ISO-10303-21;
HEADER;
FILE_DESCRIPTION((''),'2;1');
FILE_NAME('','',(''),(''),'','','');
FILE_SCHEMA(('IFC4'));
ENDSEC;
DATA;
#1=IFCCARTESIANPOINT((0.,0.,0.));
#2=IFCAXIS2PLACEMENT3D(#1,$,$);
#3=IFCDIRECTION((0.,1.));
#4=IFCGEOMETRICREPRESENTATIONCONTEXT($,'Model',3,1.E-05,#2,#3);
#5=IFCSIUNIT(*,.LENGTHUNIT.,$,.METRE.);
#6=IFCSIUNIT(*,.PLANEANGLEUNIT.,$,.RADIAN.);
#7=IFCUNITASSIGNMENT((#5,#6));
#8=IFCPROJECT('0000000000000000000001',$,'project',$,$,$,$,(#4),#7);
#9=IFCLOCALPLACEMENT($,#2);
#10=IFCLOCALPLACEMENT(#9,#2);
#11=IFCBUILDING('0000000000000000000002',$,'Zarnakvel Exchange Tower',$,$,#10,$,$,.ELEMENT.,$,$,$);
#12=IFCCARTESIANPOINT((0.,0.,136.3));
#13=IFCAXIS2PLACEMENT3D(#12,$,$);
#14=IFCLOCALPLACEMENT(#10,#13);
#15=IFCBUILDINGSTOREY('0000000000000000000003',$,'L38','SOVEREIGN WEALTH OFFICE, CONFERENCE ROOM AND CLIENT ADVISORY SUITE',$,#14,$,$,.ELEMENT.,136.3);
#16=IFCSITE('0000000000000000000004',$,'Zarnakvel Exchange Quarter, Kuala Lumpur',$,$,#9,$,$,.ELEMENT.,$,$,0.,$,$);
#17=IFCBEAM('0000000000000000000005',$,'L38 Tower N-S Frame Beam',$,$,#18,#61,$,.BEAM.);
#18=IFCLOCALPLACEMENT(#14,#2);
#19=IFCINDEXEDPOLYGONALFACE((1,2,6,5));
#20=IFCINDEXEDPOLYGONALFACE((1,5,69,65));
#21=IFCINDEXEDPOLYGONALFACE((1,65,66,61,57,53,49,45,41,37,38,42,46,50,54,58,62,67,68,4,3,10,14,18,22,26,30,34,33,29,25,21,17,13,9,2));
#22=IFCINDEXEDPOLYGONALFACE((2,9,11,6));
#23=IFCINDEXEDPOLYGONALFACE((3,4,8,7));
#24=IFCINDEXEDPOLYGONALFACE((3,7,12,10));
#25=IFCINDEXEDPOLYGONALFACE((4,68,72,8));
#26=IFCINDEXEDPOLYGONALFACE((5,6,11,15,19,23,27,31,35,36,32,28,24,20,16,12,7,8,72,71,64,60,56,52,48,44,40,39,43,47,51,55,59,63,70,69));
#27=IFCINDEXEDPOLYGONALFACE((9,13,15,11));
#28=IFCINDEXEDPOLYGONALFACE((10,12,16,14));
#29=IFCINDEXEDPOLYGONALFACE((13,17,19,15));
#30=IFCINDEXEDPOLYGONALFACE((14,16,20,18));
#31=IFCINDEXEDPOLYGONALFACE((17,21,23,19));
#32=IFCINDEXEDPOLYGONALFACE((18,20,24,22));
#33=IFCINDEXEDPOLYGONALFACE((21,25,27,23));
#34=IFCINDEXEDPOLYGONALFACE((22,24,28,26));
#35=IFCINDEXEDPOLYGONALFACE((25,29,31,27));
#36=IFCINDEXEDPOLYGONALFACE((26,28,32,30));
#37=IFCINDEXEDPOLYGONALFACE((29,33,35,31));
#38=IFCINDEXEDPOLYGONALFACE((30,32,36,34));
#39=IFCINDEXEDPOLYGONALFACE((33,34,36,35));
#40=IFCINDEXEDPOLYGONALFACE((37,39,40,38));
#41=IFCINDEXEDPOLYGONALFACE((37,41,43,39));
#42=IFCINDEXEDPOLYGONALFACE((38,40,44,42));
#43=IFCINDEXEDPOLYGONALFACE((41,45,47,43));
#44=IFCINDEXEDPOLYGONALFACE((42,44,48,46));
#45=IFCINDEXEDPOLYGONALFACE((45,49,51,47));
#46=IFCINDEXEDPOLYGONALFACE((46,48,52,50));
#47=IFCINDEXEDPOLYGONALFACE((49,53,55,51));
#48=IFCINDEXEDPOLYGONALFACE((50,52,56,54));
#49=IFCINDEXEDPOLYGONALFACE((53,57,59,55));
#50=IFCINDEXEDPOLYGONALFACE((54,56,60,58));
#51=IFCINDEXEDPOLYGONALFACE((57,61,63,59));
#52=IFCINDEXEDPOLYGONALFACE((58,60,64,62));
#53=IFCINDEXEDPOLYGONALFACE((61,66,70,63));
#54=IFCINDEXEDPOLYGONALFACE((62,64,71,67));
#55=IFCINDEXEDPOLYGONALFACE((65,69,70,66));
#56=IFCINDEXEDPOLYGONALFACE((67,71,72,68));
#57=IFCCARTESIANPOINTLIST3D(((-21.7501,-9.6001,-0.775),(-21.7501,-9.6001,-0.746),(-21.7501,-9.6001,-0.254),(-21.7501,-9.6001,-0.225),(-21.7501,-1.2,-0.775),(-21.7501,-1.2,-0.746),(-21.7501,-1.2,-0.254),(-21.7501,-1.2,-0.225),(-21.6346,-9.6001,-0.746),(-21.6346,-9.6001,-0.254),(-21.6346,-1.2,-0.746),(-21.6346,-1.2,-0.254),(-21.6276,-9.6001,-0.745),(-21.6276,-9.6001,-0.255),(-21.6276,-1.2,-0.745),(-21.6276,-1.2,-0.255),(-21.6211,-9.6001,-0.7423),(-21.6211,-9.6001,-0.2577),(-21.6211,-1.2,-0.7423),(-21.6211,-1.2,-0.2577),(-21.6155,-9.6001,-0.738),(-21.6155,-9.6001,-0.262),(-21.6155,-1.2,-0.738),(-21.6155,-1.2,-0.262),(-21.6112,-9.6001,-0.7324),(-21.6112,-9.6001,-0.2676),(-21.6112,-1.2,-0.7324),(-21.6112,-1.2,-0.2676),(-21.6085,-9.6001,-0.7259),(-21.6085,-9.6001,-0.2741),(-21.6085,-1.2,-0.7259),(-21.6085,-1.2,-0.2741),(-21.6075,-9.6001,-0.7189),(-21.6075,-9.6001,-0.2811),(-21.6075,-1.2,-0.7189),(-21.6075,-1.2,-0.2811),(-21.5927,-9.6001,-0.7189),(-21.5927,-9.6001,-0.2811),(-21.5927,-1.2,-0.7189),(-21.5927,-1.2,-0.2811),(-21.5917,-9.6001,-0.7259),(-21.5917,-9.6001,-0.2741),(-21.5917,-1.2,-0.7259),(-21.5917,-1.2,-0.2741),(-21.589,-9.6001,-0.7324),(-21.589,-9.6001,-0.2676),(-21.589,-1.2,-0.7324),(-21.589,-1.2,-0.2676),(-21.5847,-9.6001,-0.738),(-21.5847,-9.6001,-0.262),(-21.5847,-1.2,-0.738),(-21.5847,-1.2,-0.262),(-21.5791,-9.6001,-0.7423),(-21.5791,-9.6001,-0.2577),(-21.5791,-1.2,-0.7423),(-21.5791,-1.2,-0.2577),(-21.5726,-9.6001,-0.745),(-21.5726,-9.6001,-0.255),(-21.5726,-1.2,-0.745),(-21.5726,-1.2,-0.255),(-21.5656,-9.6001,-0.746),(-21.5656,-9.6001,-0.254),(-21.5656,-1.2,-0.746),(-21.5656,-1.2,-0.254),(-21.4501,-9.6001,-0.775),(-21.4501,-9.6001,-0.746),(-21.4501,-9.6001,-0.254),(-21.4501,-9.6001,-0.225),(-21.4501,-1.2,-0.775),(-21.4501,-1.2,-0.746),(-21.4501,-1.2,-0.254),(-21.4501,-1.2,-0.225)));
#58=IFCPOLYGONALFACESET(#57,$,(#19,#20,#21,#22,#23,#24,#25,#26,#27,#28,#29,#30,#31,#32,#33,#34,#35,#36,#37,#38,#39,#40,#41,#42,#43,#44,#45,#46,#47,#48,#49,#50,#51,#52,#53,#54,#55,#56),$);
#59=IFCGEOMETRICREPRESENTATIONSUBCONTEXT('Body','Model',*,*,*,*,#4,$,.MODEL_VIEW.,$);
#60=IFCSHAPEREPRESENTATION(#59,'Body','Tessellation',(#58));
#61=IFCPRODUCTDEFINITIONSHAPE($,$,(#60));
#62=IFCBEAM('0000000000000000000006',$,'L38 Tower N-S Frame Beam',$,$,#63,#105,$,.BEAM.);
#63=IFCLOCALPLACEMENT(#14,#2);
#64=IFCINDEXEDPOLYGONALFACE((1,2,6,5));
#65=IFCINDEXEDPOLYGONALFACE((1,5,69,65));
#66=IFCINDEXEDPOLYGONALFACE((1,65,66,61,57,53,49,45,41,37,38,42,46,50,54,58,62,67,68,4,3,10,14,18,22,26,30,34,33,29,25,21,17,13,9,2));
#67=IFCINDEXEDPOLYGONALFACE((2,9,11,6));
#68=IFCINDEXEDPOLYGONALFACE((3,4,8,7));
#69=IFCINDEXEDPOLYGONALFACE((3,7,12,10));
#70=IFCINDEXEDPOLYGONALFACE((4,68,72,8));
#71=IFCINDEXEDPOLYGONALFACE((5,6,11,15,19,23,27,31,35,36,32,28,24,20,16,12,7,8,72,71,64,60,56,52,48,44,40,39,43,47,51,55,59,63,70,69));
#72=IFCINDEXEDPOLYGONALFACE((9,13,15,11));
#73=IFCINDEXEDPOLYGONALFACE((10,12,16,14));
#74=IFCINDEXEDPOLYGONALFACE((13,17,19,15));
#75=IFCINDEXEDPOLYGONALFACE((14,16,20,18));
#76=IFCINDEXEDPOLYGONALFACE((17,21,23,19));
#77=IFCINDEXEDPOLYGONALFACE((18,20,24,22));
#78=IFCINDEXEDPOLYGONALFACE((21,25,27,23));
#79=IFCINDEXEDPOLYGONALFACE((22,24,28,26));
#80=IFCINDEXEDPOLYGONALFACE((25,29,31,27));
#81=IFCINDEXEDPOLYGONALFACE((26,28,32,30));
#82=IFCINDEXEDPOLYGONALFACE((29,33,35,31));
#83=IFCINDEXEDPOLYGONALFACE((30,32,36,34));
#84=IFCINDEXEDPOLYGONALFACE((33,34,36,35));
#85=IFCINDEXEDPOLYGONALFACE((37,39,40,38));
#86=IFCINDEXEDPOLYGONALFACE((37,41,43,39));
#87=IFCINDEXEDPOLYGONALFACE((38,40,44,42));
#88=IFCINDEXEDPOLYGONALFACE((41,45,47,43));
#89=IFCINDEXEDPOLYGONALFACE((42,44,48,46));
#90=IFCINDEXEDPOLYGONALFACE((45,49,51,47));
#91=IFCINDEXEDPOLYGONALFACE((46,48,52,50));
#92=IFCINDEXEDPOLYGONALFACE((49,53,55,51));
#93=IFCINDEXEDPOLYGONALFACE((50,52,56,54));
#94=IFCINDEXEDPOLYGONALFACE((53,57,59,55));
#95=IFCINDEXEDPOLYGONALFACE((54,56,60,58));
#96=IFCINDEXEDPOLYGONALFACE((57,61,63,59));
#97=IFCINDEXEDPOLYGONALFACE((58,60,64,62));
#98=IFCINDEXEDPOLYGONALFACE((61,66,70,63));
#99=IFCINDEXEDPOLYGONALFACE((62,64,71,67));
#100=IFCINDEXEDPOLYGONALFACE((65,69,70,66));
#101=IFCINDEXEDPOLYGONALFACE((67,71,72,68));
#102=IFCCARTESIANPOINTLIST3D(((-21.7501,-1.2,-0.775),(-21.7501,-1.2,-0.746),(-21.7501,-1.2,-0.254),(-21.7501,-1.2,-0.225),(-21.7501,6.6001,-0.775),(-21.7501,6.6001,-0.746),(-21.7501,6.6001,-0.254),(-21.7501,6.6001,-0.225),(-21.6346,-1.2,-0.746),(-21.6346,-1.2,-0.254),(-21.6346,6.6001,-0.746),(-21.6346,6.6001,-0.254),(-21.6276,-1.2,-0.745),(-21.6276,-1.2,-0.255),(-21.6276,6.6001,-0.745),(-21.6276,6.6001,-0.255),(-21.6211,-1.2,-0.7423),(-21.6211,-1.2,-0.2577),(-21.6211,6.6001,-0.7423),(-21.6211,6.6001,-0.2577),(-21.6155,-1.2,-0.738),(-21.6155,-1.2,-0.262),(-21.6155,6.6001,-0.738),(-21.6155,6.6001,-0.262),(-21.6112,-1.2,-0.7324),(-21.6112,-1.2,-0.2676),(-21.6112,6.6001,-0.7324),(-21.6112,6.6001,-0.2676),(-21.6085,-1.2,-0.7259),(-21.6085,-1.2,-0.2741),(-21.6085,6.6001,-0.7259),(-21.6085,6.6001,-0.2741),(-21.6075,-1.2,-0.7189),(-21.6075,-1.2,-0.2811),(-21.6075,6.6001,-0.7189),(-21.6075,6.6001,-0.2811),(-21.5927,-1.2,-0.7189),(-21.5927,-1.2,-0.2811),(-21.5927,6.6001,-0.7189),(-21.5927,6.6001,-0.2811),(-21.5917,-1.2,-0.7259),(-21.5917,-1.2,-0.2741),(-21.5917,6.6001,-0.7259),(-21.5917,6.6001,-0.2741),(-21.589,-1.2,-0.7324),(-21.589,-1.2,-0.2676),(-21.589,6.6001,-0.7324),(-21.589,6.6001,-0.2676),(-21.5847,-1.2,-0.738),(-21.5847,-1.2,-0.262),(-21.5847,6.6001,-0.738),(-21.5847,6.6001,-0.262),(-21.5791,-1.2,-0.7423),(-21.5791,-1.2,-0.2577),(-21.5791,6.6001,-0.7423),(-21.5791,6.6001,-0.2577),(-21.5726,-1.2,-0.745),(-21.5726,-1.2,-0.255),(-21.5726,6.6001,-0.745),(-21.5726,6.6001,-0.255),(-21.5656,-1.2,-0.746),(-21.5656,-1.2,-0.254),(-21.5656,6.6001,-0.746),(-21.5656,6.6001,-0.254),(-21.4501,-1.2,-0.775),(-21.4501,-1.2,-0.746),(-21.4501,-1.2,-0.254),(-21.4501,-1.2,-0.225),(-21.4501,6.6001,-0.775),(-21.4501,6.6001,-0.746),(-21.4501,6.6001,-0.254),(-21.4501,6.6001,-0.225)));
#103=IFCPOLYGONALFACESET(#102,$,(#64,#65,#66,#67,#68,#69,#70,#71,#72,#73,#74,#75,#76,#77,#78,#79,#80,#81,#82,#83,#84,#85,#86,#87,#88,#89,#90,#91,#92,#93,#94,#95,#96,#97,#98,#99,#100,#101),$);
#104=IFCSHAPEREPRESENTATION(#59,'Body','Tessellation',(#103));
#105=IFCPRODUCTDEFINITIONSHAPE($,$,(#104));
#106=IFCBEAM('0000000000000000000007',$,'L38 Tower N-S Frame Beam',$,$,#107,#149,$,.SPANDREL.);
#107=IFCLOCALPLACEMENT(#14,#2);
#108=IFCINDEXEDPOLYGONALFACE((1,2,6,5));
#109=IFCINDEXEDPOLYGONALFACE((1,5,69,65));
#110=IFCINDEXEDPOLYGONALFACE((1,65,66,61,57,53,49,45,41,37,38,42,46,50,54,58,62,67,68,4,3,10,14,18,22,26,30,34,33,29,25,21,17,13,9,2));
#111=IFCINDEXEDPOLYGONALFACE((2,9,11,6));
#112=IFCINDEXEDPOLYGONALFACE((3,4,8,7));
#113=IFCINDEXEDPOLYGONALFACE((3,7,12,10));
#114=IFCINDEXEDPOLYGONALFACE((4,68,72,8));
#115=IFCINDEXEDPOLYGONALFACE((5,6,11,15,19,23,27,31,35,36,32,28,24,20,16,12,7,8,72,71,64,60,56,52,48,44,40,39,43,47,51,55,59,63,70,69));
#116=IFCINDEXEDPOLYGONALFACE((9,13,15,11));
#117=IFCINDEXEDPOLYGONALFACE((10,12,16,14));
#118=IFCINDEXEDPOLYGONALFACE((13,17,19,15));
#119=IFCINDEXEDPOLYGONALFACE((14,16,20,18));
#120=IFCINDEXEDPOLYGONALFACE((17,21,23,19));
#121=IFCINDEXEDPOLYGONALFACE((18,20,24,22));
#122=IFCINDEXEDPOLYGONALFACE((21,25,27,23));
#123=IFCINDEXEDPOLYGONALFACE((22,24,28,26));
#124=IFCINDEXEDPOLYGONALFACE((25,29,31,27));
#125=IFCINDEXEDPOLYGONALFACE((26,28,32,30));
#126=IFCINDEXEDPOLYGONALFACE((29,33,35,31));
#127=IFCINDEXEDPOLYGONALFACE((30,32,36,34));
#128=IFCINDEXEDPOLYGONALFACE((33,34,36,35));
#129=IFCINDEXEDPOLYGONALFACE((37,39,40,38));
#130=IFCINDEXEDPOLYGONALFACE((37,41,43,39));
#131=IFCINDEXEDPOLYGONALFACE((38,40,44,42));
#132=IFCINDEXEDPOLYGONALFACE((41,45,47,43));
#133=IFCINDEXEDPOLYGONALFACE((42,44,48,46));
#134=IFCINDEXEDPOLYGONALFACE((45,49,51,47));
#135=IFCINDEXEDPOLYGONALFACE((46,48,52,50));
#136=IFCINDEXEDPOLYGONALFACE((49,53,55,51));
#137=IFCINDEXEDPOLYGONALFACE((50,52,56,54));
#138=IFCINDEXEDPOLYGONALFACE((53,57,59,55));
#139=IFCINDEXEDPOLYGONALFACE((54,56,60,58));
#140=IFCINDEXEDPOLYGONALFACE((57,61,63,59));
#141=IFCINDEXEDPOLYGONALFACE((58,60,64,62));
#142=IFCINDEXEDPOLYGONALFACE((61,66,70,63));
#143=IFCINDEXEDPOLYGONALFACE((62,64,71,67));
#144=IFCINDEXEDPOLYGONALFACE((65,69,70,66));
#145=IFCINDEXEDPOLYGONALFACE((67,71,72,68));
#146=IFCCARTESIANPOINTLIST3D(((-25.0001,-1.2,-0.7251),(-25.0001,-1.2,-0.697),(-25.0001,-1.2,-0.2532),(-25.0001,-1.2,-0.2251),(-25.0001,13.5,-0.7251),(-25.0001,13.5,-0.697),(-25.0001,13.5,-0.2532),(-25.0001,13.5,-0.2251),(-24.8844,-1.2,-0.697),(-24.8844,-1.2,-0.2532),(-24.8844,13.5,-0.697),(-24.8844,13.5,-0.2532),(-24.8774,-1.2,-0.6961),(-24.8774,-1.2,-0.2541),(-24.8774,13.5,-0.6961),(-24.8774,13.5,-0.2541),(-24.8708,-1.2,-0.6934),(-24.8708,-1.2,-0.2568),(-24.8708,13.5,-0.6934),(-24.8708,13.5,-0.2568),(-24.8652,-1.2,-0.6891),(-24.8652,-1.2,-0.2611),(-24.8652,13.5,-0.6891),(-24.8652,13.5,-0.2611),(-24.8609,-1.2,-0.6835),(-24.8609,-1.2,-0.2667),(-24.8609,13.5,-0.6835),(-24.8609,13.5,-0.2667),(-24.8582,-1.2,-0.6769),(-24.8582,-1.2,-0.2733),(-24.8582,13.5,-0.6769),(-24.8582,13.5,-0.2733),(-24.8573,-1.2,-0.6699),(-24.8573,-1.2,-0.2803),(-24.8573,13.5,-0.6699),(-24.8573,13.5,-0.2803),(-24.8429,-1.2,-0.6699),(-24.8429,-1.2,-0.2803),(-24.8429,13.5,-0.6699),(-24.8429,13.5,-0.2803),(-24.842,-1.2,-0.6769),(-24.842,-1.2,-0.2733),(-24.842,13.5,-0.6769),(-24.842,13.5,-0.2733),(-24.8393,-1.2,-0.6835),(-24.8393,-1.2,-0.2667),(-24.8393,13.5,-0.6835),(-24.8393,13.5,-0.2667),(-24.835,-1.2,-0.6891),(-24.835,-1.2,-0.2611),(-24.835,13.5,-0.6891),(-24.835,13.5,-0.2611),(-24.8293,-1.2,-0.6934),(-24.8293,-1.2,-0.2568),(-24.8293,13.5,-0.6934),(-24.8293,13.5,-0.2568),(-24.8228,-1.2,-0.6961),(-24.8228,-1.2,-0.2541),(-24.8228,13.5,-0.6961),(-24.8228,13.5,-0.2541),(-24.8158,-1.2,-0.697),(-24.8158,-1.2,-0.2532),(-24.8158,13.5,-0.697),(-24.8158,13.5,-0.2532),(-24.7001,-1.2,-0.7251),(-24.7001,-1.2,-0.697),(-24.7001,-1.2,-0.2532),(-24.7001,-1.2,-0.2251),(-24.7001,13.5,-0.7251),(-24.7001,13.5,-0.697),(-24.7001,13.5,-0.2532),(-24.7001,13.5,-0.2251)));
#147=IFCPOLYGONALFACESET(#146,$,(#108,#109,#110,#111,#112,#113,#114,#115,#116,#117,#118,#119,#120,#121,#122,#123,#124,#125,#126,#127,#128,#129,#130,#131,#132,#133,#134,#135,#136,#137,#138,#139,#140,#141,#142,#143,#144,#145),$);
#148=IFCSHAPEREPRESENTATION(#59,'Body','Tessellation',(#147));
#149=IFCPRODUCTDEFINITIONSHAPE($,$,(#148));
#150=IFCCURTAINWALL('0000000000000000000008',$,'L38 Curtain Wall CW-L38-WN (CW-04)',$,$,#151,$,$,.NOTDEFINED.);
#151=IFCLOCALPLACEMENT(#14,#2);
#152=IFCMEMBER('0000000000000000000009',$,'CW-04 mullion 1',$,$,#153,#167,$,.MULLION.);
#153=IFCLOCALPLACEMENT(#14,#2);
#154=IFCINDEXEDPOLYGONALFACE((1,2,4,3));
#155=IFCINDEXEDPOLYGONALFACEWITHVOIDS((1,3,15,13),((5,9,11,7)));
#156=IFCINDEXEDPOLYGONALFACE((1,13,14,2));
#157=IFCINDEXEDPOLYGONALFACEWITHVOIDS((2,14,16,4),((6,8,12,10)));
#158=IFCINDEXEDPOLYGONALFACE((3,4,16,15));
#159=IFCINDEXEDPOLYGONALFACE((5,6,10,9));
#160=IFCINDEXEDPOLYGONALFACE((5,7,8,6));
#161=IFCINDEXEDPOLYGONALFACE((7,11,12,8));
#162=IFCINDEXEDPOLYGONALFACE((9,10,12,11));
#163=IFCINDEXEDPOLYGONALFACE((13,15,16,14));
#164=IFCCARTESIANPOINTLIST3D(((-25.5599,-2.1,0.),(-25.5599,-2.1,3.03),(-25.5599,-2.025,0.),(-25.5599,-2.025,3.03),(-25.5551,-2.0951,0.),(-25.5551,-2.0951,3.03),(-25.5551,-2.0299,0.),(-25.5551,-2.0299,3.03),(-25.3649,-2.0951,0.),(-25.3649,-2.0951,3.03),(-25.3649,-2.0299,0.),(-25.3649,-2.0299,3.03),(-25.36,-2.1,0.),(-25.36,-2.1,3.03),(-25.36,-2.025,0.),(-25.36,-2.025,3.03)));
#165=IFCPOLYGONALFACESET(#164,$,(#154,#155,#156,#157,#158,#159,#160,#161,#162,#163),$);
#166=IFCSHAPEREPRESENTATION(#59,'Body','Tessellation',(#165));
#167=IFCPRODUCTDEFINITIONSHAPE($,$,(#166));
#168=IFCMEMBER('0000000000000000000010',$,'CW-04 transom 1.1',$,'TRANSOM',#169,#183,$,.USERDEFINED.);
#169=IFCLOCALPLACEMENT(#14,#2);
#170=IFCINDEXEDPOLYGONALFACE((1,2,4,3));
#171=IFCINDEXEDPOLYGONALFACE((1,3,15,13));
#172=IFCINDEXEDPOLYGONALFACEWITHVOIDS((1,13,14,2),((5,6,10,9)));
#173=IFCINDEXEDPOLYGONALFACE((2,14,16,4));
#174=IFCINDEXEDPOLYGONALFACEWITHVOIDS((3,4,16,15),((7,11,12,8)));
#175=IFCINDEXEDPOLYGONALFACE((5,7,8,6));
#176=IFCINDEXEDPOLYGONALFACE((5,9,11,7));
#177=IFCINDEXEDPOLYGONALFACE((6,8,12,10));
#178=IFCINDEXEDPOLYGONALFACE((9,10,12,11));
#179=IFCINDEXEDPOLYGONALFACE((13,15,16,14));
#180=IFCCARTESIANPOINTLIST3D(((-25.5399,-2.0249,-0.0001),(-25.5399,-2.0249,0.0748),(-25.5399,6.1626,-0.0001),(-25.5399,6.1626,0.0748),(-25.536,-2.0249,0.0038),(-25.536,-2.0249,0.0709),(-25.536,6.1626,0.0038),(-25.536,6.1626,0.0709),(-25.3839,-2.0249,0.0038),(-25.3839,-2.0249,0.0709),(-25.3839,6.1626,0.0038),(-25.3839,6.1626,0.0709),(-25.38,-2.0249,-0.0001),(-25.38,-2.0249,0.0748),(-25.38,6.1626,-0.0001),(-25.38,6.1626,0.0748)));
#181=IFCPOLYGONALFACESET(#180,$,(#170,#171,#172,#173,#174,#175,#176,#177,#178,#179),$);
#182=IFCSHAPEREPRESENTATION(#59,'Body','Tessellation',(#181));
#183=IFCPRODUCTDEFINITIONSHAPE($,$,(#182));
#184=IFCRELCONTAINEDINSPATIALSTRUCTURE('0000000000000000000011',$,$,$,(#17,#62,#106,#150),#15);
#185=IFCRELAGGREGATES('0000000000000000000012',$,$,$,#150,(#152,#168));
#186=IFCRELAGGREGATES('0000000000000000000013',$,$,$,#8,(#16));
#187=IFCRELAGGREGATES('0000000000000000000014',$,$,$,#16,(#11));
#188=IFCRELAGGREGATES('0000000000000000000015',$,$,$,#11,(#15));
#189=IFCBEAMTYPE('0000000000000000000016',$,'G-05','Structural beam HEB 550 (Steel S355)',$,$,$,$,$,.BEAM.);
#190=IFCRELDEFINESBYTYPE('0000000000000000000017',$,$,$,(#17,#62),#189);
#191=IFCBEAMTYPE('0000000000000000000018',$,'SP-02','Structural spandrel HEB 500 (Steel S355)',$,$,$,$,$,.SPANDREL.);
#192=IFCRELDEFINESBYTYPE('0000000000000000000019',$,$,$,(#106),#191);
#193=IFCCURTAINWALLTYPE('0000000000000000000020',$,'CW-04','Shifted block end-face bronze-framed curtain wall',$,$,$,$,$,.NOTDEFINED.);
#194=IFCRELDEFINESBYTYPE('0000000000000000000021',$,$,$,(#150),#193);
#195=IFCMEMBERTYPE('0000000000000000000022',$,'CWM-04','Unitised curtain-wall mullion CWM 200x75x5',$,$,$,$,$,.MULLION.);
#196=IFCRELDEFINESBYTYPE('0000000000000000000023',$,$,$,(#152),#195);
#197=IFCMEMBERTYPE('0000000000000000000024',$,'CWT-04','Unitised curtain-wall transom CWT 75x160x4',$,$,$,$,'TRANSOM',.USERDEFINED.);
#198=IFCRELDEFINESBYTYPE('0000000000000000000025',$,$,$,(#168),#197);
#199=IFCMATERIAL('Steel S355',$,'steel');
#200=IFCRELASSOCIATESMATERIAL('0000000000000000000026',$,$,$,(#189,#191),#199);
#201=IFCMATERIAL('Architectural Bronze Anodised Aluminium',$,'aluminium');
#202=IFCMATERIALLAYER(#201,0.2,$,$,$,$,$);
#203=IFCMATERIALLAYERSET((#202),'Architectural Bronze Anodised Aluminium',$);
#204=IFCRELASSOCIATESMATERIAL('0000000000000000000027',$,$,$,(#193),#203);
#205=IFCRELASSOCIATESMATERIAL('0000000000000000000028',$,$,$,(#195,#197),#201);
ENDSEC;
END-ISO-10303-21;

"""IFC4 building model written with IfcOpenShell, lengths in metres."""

from ifc_helpers import new_model, si_unit, direction, frame, origin, origin_2d, place, context, subcontext, project, spatial, hollow_rectangle, i_section, extrude, source, transform, mapped, material, layer, layer_set, material_profile, profile_set, type_object, element, aggregate, save


model = new_model("IFC4")

# Units and contexts
model_context = context("Model", 3, precision=1e-05, world=origin(), true_north=direction((0.0, 1.0)))
body_context = subcontext(model_context, "Body", "Model", "MODEL_VIEW")
ifc_project = project(units=[si_unit("LENGTHUNIT", "METRE"), si_unit("PLANEANGLEUNIT", "RADIAN")], contexts=[model_context])

# Site, building, storey
site_placement = place(None, origin())
site = spatial("IfcSite", under=ifc_project, at=site_placement, Name="Zarnakvel Exchange Quarter, Kuala Lumpur", CompositionType="ELEMENT", RefElevation=0.0)
building_placement = place(site_placement, origin())
building = spatial("IfcBuilding", under=site, at=building_placement, Name="Zarnakvel Exchange Tower", CompositionType="ELEMENT")
storey_placement = place(building_placement, frame((0.0, 0.0, 136.3)))
storey = spatial("IfcBuildingStorey", under=building, at=storey_placement, Name="L38", Description="SOVEREIGN WEALTH OFFICE, CONFERENCE ROOM AND CLIENT ADVISORY SUITE", CompositionType="ELEMENT", Elevation=136.3)

# Shared definitions
ifc_material_1 = material(Name="Steel S355", Category="steel")

# Beams
ifc_material_profile_1 = material_profile(ifc_material_1, i_section(OverallWidth=0.3, OverallDepth=0.55, WebThickness=0.0149, FlangeThickness=0.0291, FilletRadius=0.0271, at=origin_2d()))
ifc_profile_set_1 = profile_set([ifc_material_profile_1], Name="Steel S355")
beam_type_1 = type_object("IfcBeamType", Name="G-05", Description="Structural beam HEB 550 (Steel S355)", PredefinedType="BEAM", material=ifc_profile_set_1)
beam_1_placement = place(storey_placement, frame((-21.6001, -9.6001, -0.5), z_axis=(0.0, 1.0, 0.0), x_axis=(-1.0, 0.0, 0.0)))
element("IfcBeam", 1, at=beam_1_placement, inside=storey, type_object=beam_type_1, Name="L38 Tower N-S Frame Beam", PredefinedType="BEAM", context=body_context, shape_type="SweptSolid", body=[
    extrude(i_section(OverallWidth=0.3, OverallDepth=0.55, WebThickness=0.0149, FlangeThickness=0.0291, FilletRadius=0.0271, at=origin_2d()), origin(), (0.0, 0.0, 1.0), 8.4001),
])
beam_2_placement = place(storey_placement, frame((-21.6001, -1.2, -0.5), z_axis=(0.0, 1.0, 0.0), x_axis=(-1.0, 0.0, 0.0)))
element("IfcBeam", 2, at=beam_2_placement, inside=storey, type_object=beam_type_1, Name="L38 Tower N-S Frame Beam", PredefinedType="BEAM", context=body_context, shape_type="SweptSolid", body=[
    extrude(i_section(OverallWidth=0.3, OverallDepth=0.55, WebThickness=0.0149, FlangeThickness=0.0291, FilletRadius=0.0271, at=origin_2d()), origin(), (0.0, 0.0, 1.0), 7.8),
])
ifc_material_profile_2 = material_profile(ifc_material_1, i_section(OverallWidth=0.3, OverallDepth=0.5, WebThickness=0.0144, FlangeThickness=0.0281, FilletRadius=0.0271, at=origin_2d()))
ifc_profile_set_2 = profile_set([ifc_material_profile_2], Name="Steel S355")
beam_type_2 = type_object("IfcBeamType", Name="SP-02", Description="Structural spandrel HEB 500 (Steel S355)", PredefinedType="SPANDREL", material=ifc_profile_set_2)
beam_3_placement = place(storey_placement, frame((-24.8501, -1.2, -0.4751), z_axis=(0.0, 1.0, 0.0), x_axis=(-1.0, 0.0, 0.0)))
element("IfcBeam", 3, at=beam_3_placement, inside=storey, type_object=beam_type_2, Name="L38 Tower N-S Frame Beam", PredefinedType="SPANDREL", context=body_context, shape_type="SweptSolid", body=[
    extrude(i_section(OverallWidth=0.3, OverallDepth=0.5, WebThickness=0.0144, FlangeThickness=0.0281, FilletRadius=0.0271, at=origin_2d()), origin(), (0.0, 0.0, 1.0), 14.7),
])

# Curtain wall, members
ifc_material_2 = material(Name="Architectural Bronze Anodised Aluminium", Category="aluminium")
ifc_layer_1 = layer(ifc_material_2, 0.2)
ifc_layer_set_1 = layer_set([ifc_layer_1], Name="Architectural Bronze Anodised Aluminium")
curtain_wall_type = type_object("IfcCurtainWallType", Name="CW-04", Description="Shifted block end-face bronze-framed curtain wall", PredefinedType="NOTDEFINED", material=ifc_layer_set_1)
curtain_wall_placement = place(storey_placement, origin())
curtain_wall = element("IfcCurtainWall", 4, at=curtain_wall_placement, inside=storey, type_object=curtain_wall_type, Name="L38 Curtain Wall CW-L38-WN (CW-04)", PredefinedType="NOTDEFINED")
ifc_material_profile_3 = material_profile(ifc_material_2, hollow_rectangle(XDim=0.2, YDim=0.075, WallThickness=0.0049, at=origin_2d()))
ifc_profile_set_3 = profile_set([ifc_material_profile_3], Name="Architectural Bronze Anodised Aluminium")
member_type_1 = type_object("IfcMemberType", Name="CWM-04", Description="Unitised curtain-wall mullion CWM 200x75x5", PredefinedType="MULLION", material=ifc_profile_set_3)
shared_shape_1 = source(origin(), body_context, "Body", "SweptSolid", [
    extrude(hollow_rectangle(XDim=0.2, YDim=0.075, WallThickness=0.0049, at=origin_2d()), origin(), (0.0, 0.0, 1.0), 3.03),
])
member_1_placement = place(storey_placement, frame((-25.46, -2.0625, 0.0), z_axis=(0.0, 0.0, 1.0), x_axis=(-1.0, 0.0, 0.0)))
member_1 = element("IfcMember", 5, at=member_1_placement, type_object=member_type_1, Name="CW-04 mullion 1", PredefinedType="MULLION", context=body_context, shape_type="MappedRepresentation", body=[
    mapped(shared_shape_1, transform((0.0, 0.0, 0.0), x_axis=(1.0, 0.0, 0.0), y_axis=(0.0, 1.0, 0.0), z_axis=(0.0, 0.0, 1.0), scale=1.0)),
])
ifc_material_profile_4 = material_profile(ifc_material_2, hollow_rectangle(XDim=0.1599, YDim=0.075, WallThickness=0.0039, at=origin_2d()))
ifc_profile_set_4 = profile_set([ifc_material_profile_4], Name="Architectural Bronze Anodised Aluminium")
member_type_2 = type_object("IfcMemberType", Name="CWT-04", Description="Unitised curtain-wall transom CWT 75x160x4", ElementType="TRANSOM", PredefinedType="USERDEFINED", material=ifc_profile_set_4)
shared_shape_2 = source(origin(), body_context, "Body", "SweptSolid", [
    extrude(hollow_rectangle(XDim=0.1599, YDim=0.075, WallThickness=0.0039, at=origin_2d()), origin(), (0.0, 0.0, 1.0), 8.1875),
])
member_2_placement = place(storey_placement, frame((-25.46, -2.0249, 0.0374), z_axis=(0.0, 1.0, 0.0), x_axis=(-1.0, 0.0, 0.0)))
member_2 = element("IfcMember", 6, at=member_2_placement, type_object=member_type_2, Name="CW-04 transom 1.1", ObjectType="TRANSOM", PredefinedType="USERDEFINED", context=body_context, shape_type="MappedRepresentation", body=[
    mapped(shared_shape_2, transform((0.0, 0.0, 0.0), x_axis=(1.0, 0.0, 0.0), y_axis=(0.0, 1.0, 0.0), z_axis=(0.0, 0.0, 1.0), scale=1.0)),
])
aggregate(curtain_wall, [member_1, member_2])

save(model, "model.ifc")
